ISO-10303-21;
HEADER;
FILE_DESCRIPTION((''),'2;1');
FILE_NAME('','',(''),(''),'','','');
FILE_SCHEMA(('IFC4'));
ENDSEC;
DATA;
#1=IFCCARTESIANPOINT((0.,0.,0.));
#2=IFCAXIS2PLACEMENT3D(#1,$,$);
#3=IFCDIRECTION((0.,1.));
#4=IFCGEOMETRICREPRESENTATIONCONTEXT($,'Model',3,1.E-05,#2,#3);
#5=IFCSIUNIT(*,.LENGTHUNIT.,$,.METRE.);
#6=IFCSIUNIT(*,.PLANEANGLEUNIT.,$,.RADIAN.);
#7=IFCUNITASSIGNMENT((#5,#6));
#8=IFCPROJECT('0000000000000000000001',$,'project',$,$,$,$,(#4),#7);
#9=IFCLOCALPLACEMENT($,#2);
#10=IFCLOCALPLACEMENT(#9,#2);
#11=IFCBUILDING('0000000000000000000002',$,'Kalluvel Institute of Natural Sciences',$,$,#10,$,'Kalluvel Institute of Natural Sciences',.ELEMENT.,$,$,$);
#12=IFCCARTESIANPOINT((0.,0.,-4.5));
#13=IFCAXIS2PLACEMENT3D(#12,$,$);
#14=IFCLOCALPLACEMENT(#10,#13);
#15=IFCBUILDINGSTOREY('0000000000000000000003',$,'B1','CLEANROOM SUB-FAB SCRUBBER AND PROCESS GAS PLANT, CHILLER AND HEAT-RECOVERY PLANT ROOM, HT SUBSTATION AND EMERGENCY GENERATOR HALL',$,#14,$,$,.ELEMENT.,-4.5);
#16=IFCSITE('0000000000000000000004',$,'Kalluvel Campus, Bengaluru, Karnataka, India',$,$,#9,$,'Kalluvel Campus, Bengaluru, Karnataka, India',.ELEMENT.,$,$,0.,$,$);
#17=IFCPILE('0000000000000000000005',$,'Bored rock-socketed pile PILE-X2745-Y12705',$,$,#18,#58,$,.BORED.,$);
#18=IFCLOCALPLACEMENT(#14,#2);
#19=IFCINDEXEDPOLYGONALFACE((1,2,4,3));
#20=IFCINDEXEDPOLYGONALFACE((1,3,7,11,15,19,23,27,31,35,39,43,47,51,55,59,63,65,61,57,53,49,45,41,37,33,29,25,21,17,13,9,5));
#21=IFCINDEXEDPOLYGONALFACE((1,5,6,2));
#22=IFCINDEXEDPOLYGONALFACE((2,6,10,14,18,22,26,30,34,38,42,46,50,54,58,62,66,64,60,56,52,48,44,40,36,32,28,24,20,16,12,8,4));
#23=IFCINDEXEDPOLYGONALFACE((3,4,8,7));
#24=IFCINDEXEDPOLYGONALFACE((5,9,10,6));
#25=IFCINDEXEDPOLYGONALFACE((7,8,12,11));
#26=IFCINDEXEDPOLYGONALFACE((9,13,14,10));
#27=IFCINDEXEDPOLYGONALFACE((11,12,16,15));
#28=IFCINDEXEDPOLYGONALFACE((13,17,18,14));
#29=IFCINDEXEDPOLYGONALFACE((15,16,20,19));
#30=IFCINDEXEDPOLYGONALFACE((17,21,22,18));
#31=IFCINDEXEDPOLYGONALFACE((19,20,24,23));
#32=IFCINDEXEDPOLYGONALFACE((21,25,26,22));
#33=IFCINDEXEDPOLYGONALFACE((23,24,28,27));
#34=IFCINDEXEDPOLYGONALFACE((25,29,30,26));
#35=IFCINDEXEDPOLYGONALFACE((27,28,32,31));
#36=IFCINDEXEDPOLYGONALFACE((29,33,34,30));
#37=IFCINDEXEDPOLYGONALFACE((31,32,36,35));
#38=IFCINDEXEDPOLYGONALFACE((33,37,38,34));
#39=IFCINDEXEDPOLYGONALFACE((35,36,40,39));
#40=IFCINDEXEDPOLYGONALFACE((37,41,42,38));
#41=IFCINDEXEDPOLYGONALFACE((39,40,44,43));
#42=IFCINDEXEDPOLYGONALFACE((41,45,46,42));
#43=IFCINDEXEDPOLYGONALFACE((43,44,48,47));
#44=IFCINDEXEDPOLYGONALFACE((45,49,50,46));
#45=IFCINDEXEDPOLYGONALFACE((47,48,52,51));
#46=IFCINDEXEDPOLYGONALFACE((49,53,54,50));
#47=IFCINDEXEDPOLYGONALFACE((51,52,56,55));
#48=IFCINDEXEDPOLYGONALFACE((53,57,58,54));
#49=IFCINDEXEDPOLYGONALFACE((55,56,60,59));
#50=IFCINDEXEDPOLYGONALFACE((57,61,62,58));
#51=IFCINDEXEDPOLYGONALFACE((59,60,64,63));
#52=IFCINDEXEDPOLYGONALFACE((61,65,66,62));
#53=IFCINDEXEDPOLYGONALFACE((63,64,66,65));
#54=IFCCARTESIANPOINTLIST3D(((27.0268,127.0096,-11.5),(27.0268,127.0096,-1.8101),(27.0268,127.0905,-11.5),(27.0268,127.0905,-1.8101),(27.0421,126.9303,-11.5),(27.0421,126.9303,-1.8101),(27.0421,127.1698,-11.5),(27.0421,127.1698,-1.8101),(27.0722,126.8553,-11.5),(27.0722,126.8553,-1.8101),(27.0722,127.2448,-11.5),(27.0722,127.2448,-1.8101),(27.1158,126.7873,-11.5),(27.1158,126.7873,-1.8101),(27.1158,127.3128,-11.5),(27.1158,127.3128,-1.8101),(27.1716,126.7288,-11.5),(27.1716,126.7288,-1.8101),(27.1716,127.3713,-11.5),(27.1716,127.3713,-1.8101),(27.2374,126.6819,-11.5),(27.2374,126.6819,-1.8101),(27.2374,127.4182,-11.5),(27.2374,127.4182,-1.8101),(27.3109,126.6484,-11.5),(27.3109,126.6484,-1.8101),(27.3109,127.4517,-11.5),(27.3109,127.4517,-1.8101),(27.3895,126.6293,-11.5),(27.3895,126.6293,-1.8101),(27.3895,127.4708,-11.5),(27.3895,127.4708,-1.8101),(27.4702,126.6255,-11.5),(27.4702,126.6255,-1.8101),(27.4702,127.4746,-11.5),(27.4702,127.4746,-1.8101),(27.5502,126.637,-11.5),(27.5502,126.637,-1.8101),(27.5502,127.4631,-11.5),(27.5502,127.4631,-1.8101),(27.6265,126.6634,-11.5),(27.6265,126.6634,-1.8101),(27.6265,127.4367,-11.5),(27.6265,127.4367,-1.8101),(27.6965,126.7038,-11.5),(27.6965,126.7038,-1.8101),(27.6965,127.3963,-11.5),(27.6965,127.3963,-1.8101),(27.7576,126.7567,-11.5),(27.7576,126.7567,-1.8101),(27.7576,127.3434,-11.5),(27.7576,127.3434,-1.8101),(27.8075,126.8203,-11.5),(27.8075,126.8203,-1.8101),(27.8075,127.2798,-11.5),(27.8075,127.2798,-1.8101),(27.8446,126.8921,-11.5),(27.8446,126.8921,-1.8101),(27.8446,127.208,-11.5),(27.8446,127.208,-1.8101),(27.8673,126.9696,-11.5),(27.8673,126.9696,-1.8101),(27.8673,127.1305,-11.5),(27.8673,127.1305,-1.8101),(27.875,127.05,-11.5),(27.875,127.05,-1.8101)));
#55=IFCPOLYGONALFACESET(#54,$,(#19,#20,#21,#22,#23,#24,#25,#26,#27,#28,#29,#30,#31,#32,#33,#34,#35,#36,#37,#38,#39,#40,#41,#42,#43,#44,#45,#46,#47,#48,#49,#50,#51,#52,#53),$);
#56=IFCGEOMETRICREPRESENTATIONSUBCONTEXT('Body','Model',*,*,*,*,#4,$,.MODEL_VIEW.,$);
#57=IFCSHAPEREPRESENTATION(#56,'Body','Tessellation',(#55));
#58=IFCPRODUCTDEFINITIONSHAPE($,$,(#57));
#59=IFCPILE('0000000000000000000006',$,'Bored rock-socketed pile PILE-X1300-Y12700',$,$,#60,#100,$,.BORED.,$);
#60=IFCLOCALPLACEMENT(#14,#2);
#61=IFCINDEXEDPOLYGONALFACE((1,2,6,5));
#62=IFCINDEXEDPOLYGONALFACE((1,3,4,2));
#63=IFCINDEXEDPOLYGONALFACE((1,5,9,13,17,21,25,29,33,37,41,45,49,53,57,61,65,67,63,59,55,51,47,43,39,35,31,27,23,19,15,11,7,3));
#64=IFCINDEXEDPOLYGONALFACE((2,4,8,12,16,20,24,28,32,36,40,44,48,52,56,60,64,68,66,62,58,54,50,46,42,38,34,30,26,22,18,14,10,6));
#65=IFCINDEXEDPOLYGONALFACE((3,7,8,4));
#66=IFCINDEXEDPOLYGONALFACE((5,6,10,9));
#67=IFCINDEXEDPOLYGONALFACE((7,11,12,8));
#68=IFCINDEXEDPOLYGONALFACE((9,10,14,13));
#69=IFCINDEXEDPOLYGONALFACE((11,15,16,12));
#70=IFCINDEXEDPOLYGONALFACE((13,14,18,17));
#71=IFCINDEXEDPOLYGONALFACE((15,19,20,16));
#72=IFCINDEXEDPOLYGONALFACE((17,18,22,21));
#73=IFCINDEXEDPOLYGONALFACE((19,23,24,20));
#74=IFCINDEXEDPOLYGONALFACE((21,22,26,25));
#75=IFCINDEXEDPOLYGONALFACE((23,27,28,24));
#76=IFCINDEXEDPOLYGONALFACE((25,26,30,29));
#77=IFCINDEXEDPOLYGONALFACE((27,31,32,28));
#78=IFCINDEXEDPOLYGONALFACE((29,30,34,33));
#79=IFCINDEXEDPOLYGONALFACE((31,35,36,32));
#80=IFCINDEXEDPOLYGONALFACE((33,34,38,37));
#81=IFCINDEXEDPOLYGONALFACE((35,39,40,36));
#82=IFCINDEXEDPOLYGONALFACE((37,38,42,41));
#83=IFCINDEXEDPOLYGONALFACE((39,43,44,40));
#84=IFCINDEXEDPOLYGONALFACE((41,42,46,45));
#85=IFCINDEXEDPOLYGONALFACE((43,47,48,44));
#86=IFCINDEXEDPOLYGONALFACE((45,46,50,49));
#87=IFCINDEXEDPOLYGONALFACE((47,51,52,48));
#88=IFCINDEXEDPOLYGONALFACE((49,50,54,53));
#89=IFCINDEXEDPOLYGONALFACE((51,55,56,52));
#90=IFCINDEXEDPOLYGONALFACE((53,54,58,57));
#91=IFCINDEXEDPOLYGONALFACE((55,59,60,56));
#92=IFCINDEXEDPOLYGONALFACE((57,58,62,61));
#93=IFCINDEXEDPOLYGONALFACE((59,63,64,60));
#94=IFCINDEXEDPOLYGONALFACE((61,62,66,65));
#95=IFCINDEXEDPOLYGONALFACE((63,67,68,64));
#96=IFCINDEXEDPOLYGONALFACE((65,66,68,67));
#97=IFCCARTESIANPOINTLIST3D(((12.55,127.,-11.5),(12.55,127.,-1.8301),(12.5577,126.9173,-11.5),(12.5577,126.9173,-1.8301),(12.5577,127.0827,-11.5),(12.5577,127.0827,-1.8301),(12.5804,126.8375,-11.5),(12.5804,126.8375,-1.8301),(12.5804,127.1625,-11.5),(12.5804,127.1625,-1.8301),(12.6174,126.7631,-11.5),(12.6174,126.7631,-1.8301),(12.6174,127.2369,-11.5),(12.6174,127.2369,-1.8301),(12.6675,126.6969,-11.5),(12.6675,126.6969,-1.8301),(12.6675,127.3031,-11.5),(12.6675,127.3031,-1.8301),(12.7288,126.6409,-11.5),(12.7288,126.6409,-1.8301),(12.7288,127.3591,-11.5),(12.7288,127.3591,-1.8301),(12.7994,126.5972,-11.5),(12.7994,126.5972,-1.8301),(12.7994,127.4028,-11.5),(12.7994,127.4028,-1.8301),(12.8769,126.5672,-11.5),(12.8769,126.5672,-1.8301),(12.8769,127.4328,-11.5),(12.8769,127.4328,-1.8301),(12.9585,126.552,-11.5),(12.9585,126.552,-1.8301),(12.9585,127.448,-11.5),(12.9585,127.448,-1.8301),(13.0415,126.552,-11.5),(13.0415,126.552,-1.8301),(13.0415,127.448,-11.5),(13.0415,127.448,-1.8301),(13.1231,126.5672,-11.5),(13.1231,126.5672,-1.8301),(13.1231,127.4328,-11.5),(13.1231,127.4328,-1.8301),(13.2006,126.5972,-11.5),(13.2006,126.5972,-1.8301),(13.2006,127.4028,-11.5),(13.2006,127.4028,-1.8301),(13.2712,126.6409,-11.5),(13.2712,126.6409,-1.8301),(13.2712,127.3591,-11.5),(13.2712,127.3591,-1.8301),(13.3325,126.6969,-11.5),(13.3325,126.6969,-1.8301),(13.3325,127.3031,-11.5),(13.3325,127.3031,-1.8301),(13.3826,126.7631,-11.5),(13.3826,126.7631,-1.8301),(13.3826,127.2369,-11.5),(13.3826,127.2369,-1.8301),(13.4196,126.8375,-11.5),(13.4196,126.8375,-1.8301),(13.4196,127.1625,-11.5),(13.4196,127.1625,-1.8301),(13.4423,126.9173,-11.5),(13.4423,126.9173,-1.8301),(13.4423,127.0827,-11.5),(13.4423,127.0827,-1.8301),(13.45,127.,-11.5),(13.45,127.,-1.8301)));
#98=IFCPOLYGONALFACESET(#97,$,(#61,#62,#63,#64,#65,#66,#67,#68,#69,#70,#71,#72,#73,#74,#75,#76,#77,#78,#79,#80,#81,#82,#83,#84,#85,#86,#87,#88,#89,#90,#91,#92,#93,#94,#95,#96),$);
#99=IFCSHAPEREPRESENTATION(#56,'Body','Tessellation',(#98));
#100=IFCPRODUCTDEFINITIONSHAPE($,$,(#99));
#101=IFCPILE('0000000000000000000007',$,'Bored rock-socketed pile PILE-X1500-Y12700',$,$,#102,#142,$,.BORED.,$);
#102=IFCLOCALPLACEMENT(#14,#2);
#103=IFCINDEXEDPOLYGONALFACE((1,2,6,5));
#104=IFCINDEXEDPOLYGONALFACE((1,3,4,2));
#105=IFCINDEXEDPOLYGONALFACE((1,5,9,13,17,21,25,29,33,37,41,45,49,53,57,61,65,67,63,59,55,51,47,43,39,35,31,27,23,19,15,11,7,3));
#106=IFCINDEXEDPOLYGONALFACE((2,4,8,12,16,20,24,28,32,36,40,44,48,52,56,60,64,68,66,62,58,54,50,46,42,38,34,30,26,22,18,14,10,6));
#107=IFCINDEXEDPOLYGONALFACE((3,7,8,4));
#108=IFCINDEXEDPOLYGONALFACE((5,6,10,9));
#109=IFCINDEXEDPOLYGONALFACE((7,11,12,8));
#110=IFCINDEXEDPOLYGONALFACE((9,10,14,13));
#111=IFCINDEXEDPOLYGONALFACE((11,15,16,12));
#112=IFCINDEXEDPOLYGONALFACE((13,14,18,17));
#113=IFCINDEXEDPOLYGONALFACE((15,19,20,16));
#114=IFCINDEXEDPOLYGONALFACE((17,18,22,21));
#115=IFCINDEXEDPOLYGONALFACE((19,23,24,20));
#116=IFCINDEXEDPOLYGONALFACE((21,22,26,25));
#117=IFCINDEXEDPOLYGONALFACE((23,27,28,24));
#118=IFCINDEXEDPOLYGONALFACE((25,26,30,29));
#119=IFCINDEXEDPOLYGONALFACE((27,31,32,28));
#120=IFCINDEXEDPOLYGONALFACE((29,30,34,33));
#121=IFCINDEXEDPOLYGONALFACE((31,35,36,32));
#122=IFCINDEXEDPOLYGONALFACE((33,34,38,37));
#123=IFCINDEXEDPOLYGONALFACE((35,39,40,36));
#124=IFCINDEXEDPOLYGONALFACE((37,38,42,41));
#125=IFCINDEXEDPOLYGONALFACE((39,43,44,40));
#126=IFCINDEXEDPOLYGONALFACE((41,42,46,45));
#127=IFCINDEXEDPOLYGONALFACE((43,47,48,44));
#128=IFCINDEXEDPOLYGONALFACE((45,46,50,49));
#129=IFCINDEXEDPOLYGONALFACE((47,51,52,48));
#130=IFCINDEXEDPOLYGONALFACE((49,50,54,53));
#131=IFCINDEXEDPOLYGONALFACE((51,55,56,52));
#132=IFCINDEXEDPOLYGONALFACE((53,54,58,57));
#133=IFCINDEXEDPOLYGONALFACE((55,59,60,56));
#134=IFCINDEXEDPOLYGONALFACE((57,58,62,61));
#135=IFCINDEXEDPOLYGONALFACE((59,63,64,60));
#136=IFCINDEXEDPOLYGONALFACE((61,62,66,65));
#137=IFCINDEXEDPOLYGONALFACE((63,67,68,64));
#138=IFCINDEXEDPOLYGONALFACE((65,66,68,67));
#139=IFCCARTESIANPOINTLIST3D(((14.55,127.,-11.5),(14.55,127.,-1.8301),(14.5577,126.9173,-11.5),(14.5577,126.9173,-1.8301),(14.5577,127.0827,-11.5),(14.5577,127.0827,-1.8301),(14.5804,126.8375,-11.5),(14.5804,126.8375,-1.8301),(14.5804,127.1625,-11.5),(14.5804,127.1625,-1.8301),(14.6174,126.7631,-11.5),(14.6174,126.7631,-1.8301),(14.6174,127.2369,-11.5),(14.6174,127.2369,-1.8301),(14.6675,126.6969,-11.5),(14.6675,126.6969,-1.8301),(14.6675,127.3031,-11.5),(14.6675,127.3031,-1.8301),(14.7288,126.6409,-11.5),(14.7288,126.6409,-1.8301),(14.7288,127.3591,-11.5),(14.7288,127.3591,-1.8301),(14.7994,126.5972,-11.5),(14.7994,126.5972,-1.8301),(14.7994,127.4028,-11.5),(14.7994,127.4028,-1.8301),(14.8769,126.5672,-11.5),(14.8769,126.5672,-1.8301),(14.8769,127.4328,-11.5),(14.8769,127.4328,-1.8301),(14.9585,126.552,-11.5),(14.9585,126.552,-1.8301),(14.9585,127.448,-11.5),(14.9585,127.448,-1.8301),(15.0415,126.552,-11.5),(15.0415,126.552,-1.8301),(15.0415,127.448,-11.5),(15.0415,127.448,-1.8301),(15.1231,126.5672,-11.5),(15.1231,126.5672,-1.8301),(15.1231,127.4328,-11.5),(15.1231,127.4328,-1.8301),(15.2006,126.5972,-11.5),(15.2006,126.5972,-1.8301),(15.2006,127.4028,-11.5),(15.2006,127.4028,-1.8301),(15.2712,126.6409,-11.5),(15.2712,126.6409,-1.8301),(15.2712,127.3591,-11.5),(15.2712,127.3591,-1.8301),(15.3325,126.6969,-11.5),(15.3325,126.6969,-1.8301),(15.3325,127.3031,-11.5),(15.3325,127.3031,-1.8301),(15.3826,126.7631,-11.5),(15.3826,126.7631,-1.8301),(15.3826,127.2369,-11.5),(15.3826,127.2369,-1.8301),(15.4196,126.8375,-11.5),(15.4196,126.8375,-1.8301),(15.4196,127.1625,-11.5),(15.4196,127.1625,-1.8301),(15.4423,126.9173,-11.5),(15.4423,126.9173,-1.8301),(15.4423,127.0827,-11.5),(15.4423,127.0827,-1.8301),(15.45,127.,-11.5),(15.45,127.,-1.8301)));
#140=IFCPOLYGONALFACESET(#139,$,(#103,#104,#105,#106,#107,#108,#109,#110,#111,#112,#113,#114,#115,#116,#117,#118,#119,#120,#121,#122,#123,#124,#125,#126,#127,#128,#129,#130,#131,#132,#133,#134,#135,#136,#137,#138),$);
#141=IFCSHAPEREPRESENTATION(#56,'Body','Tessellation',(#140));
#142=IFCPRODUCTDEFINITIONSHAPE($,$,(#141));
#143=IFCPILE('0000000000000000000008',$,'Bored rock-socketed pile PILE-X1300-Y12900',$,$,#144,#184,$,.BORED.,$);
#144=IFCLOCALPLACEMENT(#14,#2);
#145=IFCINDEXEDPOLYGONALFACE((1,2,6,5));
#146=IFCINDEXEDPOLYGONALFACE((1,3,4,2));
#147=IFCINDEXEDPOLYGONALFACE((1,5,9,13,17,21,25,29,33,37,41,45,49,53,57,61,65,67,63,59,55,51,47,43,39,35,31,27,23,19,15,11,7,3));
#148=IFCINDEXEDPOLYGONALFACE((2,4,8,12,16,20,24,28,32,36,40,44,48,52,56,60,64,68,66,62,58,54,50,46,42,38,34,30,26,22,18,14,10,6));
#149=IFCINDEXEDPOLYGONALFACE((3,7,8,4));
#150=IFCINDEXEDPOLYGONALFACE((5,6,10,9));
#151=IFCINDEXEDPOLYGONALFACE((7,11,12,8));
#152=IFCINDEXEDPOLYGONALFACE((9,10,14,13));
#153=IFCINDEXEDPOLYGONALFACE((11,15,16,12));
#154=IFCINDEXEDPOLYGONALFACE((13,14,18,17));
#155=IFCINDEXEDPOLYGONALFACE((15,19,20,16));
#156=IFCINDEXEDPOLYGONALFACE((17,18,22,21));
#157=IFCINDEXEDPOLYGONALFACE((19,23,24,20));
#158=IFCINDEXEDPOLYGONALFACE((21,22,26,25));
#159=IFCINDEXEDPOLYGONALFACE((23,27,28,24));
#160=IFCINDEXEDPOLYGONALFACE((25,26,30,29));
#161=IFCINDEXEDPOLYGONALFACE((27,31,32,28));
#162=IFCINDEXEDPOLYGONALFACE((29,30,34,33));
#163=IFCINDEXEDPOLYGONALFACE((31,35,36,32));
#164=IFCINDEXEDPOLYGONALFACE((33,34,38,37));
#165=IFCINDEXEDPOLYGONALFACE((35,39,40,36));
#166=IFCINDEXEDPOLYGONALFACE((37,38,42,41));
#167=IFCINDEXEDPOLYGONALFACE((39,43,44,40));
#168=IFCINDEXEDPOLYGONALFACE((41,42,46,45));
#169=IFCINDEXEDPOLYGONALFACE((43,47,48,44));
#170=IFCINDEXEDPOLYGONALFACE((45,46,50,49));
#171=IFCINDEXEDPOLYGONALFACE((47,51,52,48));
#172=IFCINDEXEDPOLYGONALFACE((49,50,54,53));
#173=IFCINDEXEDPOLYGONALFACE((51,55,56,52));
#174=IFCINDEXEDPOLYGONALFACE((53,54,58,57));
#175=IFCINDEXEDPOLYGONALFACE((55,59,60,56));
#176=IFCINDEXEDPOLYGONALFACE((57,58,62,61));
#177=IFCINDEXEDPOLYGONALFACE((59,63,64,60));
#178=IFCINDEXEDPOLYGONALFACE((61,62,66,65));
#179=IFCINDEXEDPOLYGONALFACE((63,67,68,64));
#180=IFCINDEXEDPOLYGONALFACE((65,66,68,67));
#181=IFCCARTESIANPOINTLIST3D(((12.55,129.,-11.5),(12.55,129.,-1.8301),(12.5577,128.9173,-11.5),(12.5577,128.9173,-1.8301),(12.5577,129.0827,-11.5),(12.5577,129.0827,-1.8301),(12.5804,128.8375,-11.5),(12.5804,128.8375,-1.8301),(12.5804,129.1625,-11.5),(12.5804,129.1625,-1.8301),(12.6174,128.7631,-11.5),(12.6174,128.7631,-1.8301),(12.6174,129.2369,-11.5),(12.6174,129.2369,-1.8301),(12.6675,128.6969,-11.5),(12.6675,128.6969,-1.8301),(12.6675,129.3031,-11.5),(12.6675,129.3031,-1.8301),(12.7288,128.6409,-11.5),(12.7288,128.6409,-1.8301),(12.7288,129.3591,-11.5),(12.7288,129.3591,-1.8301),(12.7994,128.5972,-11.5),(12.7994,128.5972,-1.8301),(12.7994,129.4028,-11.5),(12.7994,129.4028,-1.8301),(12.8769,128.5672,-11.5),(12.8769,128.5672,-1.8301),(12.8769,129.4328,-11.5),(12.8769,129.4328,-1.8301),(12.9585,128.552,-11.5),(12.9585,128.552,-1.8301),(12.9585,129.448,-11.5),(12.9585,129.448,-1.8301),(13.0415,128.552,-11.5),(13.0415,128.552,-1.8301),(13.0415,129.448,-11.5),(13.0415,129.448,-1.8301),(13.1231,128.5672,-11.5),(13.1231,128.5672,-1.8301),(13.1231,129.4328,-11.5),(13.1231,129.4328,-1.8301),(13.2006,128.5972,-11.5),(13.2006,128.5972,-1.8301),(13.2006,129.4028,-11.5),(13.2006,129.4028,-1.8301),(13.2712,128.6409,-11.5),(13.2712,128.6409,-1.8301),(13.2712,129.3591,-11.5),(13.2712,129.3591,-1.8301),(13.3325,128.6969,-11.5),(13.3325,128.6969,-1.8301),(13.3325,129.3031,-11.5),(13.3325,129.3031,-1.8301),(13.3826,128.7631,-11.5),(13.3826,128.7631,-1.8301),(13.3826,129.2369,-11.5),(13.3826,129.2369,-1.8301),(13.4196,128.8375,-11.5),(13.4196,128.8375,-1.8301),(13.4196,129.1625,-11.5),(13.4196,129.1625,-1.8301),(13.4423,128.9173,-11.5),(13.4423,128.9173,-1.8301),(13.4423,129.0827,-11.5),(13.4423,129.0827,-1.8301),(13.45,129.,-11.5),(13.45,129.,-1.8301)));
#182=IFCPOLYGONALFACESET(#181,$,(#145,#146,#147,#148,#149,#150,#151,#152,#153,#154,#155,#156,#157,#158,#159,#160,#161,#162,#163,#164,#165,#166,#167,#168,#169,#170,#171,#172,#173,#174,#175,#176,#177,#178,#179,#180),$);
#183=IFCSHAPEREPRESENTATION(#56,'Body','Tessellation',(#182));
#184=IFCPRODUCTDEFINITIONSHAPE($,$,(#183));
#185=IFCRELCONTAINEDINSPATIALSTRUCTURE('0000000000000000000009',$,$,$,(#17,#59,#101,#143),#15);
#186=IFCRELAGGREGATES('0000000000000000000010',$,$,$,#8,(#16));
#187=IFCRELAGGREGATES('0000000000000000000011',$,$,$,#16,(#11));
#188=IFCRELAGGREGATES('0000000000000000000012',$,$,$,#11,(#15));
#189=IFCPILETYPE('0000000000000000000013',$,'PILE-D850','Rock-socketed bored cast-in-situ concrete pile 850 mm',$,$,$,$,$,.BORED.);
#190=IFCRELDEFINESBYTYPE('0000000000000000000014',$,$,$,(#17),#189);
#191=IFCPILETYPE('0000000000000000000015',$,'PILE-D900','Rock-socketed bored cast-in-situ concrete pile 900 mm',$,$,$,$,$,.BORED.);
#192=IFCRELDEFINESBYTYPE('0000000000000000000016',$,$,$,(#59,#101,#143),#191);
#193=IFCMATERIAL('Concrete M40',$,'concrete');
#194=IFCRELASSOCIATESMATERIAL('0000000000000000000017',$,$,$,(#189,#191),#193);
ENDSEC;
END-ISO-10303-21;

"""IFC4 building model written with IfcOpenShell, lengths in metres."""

from ifc_helpers import new_model, si_unit, direction, frame, origin, origin_2d, place, context, subcontext, project, spatial, circle, extrude, material, material_profile, profile_set, type_object, element, save


model = new_model("IFC4")

# Units and contexts
model_context = context("Model", 3, precision=1e-05, world=origin(), true_north=direction((0.0, 1.0)))
body_context = subcontext(model_context, "Body", "Model", "MODEL_VIEW")
ifc_project = project(units=[si_unit("LENGTHUNIT", "METRE"), si_unit("PLANEANGLEUNIT", "RADIAN")], contexts=[model_context])

# Site, building, storey
site_placement = place(None, origin())
site = spatial("IfcSite", under=ifc_project, at=site_placement, Name="Kalluvel Campus, Bengaluru, Karnataka, India", LongName="Kalluvel Campus, Bengaluru, Karnataka, India", CompositionType="ELEMENT", RefElevation=0.0)
building_placement = place(site_placement, origin())
building = spatial("IfcBuilding", under=site, at=building_placement, Name="Kalluvel Institute of Natural Sciences", LongName="Kalluvel Institute of Natural Sciences", CompositionType="ELEMENT")
storey_placement = place(building_placement, frame((0.0, 0.0, -4.5)))
storey = spatial("IfcBuildingStorey", under=building, at=storey_placement, Name="B1", Description="CLEANROOM SUB-FAB SCRUBBER AND PROCESS GAS PLANT, CHILLER AND HEAT-RECOVERY PLANT ROOM, HT SUBSTATION AND EMERGENCY GENERATOR HALL", CompositionType="ELEMENT", Elevation=-4.5)

# Shared definitions
ifc_material_1 = material(Name="Concrete M40", Category="concrete")

# Piles
ifc_material_profile_1 = material_profile(ifc_material_1, circle(Radius=0.425, at=origin_2d()), Name="PILE D850")
ifc_profile_set_1 = profile_set([ifc_material_profile_1], Name="Concrete M40")
pile_type_1 = type_object("IfcPileType", Name="PILE-D850", Description="Rock-socketed bored cast-in-situ concrete pile 850 mm", PredefinedType="BORED", material=ifc_profile_set_1)
pile_placement = place(storey_placement, frame((27.45, 127.05, -1.8101), z_axis=(0.0, 0.0, -1.0), x_axis=(1.0, 0.0, 0.0)))
element("IfcPile", 1, at=pile_placement, inside=storey, type_object=pile_type_1, Name="Bored rock-socketed pile PILE-X2745-Y12705", PredefinedType="BORED", context=body_context, shape_type="SweptSolid", body=[
    extrude(circle(Radius=0.425, at=origin_2d()), origin(), (0.0, 0.0, 1.0), 9.6899),
])
ifc_material_profile_2 = material_profile(ifc_material_1, circle(Radius=0.45, at=origin_2d()), Name="PILE D900")
ifc_profile_set_2 = profile_set([ifc_material_profile_2], Name="Concrete M40")
pile_type_2 = type_object("IfcPileType", Name="PILE-D900", Description="Rock-socketed bored cast-in-situ concrete pile 900 mm", PredefinedType="BORED", material=ifc_profile_set_2)
for number, where, z_axis, x_axis, name in (
    (2, (13.0, 127.0, -1.8301), (0.0, 0.0, -1.0), (1.0, 0.0, 0.0), "Bored rock-socketed pile PILE-X1300-Y12700"),
    (3, (15.0, 127.0, -1.8301), (0.0, 0.0, -1.0), (1.0, 0.0, 0.0), "Bored rock-socketed pile PILE-X1500-Y12700"),
    (4, (13.0, 129.0, -1.8301), (0.0, 0.0, -1.0), (1.0, 0.0, 0.0), "Bored rock-socketed pile PILE-X1300-Y12900"),
):
    element("IfcPile", number, at=place(storey_placement, frame(where, z_axis=z_axis, x_axis=x_axis)), inside=storey, type_object=pile_type_2, Name=name, PredefinedType="BORED", context=body_context, shape_type="SweptSolid", body=[
        extrude(circle(Radius=0.45, at=origin_2d()), origin(), (0.0, 0.0, 1.0), 9.6699),
    ])

save(model, "model.ifc")
